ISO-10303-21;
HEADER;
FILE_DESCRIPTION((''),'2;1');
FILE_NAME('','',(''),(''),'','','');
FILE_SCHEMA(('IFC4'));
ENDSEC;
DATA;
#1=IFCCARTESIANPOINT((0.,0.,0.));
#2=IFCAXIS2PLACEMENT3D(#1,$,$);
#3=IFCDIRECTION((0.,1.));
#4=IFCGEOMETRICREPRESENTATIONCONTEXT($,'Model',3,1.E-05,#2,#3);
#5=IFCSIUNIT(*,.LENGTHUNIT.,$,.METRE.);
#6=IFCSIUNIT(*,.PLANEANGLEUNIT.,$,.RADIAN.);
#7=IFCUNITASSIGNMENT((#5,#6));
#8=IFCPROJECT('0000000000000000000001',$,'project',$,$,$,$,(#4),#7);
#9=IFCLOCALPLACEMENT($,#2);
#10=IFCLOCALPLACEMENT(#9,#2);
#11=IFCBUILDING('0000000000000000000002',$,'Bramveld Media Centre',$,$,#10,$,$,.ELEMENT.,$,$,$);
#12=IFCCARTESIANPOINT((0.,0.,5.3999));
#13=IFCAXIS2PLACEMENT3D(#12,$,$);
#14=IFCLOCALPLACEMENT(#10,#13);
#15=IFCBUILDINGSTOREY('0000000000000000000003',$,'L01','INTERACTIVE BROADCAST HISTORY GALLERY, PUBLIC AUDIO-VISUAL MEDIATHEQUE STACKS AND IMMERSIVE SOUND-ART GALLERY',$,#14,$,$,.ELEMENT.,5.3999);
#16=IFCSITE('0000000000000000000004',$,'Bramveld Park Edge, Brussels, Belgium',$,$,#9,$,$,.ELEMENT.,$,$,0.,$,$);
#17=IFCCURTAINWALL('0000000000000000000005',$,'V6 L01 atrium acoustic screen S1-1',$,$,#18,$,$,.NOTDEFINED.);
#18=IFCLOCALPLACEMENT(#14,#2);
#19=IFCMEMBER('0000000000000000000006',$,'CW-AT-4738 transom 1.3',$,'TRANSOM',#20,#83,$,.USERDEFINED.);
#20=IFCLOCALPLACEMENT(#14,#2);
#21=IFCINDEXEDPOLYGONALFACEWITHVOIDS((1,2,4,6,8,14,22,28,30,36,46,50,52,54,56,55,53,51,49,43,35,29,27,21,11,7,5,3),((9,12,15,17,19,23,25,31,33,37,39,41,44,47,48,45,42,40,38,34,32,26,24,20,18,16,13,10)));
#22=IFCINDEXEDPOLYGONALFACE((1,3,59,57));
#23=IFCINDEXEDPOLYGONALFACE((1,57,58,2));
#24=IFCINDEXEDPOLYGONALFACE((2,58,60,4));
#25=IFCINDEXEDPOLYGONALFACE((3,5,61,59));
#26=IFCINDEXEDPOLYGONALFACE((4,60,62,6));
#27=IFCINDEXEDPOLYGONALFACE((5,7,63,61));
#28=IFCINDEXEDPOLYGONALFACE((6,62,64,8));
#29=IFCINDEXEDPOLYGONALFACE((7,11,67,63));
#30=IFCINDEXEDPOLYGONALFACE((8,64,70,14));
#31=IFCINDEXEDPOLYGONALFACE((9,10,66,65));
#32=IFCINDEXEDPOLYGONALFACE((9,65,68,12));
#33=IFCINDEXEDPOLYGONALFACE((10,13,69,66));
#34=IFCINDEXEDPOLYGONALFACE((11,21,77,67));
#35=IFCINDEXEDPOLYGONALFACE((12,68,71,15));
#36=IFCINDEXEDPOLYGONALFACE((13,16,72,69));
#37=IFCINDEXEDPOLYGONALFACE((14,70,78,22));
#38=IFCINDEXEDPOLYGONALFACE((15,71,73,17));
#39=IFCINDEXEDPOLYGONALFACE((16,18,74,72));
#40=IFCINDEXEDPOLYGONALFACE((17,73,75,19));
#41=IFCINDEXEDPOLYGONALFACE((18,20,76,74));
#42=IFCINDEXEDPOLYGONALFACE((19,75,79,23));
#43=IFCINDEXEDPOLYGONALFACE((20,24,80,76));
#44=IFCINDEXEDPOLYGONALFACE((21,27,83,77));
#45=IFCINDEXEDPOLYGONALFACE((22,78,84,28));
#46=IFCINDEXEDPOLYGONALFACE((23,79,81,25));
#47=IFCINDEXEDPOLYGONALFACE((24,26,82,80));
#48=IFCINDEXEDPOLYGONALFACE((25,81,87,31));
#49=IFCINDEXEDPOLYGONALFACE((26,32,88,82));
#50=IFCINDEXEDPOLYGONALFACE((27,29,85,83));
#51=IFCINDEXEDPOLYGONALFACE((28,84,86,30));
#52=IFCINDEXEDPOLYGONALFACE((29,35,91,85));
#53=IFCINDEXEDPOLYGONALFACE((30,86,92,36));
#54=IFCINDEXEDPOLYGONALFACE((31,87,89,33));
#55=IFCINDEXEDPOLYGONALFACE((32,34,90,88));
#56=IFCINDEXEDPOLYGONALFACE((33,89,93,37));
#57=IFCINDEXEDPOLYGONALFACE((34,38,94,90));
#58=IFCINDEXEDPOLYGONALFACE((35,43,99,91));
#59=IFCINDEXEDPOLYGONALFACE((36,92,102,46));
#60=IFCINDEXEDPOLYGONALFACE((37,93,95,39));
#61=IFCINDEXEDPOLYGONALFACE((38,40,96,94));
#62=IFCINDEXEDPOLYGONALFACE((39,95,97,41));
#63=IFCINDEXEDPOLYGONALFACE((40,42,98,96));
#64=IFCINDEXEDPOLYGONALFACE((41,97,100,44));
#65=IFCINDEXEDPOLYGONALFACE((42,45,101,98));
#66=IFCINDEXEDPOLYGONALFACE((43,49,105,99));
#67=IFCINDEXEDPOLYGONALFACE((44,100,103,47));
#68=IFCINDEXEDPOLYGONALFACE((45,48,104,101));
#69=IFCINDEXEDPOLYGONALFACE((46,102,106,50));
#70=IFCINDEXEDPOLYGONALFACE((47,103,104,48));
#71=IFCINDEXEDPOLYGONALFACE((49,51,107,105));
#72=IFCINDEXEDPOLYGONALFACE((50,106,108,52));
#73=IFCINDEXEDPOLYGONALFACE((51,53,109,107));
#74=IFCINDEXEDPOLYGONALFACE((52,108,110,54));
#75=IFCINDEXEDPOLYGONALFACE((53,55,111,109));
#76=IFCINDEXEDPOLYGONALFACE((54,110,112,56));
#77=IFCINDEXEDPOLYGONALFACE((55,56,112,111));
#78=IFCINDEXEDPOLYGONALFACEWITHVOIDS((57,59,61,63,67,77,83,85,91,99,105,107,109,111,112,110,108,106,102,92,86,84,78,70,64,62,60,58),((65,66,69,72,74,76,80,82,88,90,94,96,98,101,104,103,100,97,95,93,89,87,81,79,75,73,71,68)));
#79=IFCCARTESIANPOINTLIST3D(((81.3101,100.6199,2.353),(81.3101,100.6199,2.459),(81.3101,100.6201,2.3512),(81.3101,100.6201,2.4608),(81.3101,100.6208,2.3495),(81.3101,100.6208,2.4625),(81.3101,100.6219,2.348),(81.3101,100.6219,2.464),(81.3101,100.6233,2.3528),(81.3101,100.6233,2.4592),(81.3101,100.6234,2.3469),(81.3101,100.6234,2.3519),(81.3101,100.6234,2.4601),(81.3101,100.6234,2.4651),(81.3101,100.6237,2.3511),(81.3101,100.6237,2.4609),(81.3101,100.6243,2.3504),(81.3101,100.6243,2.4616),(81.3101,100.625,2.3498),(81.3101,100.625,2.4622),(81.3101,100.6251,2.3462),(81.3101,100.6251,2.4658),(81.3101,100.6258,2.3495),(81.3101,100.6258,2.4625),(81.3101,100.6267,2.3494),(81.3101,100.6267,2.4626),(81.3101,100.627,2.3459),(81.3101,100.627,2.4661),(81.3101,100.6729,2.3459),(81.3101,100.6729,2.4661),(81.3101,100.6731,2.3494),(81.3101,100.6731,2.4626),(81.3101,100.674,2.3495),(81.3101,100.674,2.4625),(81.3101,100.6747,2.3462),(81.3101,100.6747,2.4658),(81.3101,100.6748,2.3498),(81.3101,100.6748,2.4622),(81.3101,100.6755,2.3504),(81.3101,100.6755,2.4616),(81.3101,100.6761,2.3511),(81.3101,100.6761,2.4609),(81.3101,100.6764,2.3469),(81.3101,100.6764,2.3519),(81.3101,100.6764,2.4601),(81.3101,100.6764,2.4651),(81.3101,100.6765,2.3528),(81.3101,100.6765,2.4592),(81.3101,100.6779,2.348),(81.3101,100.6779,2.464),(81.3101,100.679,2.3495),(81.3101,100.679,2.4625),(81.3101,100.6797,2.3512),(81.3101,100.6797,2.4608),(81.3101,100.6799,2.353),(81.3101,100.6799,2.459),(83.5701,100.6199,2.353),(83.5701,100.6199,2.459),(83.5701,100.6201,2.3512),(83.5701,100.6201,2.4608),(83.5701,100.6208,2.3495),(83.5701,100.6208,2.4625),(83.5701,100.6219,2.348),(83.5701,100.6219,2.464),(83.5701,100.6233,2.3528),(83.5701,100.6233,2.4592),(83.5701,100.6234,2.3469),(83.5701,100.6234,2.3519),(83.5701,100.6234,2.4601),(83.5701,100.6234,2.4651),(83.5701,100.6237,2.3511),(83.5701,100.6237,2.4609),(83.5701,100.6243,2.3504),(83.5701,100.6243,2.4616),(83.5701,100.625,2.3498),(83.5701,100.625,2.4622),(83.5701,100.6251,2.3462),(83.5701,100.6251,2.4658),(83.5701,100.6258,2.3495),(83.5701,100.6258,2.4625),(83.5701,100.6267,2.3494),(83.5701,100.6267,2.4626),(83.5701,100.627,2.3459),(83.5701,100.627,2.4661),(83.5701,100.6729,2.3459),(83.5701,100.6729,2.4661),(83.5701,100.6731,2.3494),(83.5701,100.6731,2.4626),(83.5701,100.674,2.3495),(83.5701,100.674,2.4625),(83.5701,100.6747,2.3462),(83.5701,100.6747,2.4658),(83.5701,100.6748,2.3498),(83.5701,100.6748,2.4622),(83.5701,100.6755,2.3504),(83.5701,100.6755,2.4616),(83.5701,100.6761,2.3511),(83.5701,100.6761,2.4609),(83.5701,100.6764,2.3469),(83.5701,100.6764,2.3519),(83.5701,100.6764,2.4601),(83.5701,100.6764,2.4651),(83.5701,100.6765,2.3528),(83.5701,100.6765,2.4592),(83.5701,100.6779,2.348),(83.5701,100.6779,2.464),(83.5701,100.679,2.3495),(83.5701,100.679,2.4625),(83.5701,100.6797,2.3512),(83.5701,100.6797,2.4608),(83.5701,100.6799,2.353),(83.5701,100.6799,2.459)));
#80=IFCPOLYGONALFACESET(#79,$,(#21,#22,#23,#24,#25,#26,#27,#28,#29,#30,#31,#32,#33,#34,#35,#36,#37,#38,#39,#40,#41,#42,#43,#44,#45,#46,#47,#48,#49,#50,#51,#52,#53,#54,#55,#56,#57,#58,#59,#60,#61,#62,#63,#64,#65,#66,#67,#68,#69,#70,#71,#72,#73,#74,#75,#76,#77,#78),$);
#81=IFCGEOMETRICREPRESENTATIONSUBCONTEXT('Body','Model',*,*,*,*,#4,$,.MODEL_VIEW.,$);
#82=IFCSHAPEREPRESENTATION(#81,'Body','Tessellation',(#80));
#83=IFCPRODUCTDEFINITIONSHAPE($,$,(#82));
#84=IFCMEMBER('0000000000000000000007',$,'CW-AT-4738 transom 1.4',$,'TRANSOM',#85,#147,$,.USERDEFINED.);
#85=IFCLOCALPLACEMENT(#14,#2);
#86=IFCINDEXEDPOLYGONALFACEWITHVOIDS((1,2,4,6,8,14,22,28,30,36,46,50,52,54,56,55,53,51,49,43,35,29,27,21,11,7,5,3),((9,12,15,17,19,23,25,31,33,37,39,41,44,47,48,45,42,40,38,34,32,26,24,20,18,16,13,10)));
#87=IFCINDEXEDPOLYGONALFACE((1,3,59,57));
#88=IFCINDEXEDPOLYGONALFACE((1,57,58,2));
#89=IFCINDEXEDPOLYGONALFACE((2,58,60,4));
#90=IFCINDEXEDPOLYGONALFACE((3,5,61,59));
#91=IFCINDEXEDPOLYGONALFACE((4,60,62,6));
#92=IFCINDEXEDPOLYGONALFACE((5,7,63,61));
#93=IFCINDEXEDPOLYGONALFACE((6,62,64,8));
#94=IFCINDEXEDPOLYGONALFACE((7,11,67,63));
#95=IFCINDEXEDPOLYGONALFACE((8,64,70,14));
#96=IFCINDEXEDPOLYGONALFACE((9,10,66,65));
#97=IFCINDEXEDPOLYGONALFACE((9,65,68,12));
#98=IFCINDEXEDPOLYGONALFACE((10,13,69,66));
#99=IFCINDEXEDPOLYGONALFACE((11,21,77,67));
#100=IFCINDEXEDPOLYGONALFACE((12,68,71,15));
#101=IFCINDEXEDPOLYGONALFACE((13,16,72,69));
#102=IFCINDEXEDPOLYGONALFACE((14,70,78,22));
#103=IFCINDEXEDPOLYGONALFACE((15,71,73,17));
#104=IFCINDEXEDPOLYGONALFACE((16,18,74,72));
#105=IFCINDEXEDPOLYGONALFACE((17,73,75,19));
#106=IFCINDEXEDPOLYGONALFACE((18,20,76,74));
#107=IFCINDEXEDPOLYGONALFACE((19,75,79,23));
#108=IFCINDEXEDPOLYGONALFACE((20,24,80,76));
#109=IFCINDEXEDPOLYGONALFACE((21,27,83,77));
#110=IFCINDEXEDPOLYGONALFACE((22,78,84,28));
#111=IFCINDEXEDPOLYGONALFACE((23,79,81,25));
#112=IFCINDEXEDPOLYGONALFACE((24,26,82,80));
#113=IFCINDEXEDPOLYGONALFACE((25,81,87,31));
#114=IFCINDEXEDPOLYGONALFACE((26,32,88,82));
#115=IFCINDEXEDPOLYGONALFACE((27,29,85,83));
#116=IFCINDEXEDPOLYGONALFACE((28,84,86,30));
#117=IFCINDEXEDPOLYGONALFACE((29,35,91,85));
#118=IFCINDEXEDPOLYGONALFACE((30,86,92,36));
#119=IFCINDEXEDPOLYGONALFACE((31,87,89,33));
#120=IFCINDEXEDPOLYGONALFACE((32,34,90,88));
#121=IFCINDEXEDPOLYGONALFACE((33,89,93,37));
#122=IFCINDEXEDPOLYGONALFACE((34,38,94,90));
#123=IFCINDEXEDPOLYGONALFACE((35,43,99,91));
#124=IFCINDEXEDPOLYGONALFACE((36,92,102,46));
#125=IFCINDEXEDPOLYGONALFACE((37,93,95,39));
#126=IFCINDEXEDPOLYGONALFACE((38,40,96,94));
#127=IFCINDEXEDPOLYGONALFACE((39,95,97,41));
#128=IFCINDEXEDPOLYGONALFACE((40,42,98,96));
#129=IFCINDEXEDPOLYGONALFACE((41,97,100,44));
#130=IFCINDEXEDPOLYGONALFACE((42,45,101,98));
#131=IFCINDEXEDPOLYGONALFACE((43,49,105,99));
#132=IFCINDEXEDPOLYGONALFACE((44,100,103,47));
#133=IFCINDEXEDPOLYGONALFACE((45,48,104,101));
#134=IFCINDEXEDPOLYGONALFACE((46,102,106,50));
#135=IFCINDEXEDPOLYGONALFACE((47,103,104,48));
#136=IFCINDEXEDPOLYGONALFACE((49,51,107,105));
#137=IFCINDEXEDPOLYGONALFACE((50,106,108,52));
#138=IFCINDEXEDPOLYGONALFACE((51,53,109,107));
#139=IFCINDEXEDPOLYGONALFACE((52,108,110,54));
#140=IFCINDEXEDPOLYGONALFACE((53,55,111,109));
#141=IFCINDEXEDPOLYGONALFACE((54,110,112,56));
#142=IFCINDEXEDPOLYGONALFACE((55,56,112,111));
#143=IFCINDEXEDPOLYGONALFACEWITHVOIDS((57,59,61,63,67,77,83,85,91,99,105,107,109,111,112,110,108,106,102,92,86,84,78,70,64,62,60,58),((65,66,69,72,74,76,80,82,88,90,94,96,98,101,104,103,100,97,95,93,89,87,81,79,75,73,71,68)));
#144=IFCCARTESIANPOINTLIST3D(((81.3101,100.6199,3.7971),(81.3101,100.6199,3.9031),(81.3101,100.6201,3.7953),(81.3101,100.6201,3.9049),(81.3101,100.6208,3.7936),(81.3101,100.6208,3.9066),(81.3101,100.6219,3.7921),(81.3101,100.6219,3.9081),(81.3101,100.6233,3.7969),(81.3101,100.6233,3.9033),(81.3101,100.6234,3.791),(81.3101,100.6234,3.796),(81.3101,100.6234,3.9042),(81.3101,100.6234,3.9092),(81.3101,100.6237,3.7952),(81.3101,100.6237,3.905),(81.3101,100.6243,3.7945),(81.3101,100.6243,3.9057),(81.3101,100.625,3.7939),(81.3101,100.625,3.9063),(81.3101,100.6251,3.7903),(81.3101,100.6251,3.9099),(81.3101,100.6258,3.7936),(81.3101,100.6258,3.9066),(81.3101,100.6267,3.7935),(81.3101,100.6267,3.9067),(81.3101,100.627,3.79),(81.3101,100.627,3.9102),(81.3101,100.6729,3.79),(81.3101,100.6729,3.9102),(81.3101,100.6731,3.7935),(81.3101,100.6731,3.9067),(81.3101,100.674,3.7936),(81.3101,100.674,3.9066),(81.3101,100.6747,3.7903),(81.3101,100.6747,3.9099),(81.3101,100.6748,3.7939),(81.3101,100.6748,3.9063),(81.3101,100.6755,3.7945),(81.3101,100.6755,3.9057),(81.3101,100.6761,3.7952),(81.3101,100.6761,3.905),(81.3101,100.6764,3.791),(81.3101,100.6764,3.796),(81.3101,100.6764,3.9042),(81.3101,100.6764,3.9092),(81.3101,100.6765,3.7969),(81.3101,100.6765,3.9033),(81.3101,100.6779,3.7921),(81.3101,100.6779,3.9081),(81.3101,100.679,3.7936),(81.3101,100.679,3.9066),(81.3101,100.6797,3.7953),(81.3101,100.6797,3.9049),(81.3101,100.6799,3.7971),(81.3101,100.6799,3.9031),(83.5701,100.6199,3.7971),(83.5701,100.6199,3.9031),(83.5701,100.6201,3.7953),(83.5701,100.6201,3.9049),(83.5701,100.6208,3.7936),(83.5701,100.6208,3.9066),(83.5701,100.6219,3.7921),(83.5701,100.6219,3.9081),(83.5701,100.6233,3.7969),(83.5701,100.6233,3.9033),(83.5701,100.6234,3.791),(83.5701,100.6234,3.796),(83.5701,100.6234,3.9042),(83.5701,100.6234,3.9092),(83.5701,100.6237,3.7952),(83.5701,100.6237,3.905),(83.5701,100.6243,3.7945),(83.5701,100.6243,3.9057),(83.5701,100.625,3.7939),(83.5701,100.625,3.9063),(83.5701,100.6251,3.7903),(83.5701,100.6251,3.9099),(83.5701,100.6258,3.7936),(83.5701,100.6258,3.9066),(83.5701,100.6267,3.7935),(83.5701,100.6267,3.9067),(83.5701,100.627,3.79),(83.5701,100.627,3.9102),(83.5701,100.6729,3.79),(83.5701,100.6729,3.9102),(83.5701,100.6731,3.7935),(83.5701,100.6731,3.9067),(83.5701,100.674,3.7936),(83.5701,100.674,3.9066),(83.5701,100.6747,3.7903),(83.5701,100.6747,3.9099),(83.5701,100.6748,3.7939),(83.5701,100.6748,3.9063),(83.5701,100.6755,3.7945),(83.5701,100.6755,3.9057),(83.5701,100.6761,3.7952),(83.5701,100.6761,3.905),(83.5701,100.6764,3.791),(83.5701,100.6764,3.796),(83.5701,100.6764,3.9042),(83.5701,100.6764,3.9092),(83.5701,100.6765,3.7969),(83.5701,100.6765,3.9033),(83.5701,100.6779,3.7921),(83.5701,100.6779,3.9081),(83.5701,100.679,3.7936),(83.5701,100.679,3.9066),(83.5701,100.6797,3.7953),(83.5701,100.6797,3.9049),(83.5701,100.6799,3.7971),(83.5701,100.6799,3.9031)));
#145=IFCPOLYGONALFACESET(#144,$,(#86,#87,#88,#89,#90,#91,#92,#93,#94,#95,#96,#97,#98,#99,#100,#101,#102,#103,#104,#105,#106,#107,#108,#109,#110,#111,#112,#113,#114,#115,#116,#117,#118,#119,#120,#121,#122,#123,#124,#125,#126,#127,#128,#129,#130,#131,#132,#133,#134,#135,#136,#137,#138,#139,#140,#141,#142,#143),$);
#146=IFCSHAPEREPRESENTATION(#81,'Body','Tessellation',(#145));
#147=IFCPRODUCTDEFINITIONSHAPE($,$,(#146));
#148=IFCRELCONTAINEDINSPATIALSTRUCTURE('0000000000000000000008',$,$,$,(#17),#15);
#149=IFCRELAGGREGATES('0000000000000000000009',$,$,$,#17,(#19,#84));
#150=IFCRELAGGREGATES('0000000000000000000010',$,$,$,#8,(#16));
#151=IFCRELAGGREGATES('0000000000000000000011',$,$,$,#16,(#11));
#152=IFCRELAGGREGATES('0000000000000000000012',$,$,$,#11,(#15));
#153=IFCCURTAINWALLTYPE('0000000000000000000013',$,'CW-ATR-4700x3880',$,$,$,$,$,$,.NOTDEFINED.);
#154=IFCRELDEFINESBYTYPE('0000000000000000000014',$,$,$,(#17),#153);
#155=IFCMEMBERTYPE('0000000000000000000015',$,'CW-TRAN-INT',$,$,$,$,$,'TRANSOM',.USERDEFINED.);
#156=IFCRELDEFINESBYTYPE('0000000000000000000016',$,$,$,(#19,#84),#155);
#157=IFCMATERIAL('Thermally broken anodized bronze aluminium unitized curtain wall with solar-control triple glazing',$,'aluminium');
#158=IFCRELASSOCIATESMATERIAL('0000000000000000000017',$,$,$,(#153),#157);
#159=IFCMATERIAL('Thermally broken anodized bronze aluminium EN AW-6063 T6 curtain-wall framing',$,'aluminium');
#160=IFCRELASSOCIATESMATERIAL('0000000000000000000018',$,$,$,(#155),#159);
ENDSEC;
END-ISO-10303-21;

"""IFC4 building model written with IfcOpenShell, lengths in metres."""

from ifc_helpers import new_model, si_unit, direction, frame, origin, origin_2d, place, context, subcontext, project, spatial, hollow_rectangle, extrude, material, material_profile, profile_set, type_object, element, aggregate, save


model = new_model("IFC4")

# Units and contexts
model_context = context("Model", 3, precision=1e-05, world=origin(), true_north=direction((0.0, 1.0)))
body_context = subcontext(model_context, "Body", "Model", "MODEL_VIEW")
ifc_project = project(units=[si_unit("LENGTHUNIT", "METRE"), si_unit("PLANEANGLEUNIT", "RADIAN")], contexts=[model_context])

# Site, building, storey
site_placement = place(None, origin())
site = spatial("IfcSite", under=ifc_project, at=site_placement, Name="Bramveld Park Edge, Brussels, Belgium", CompositionType="ELEMENT", RefElevation=0.0)
building_placement = place(site_placement, origin())
building = spatial("IfcBuilding", under=site, at=building_placement, Name="Bramveld Media Centre", CompositionType="ELEMENT")
storey_placement = place(building_placement, frame((0.0, 0.0, 5.3999)))
storey = spatial("IfcBuildingStorey", under=building, at=storey_placement, Name="L01", Description="INTERACTIVE BROADCAST HISTORY GALLERY, PUBLIC AUDIO-VISUAL MEDIATHEQUE STACKS AND IMMERSIVE SOUND-ART GALLERY", CompositionType="ELEMENT", Elevation=5.3999)

# Curtain wall, members
ifc_material_1 = material(Name="Thermally broken anodized bronze aluminium unitized curtain wall with solar-control triple glazing", Category="aluminium")
curtain_wall_type_1 = type_object("IfcCurtainWallType", Name="CW-ATR-4700x3880", PredefinedType="NOTDEFINED", material=ifc_material_1)
curtain_wall_1_placement = place(storey_placement, origin())
curtain_wall_1 = element("IfcCurtainWall", 1, at=curtain_wall_1_placement, inside=storey, type_object=curtain_wall_type_1, Name="V6 L01 atrium acoustic screen S1-1", PredefinedType="NOTDEFINED")
ifc_material_2 = material(Name="Thermally broken anodized bronze aluminium EN AW-6063 T6 curtain-wall framing", Category="aluminium")
ifc_material_profile_1 = material_profile(ifc_material_2, hollow_rectangle(XDim=0.0601, YDim=0.1201, WallThickness=0.0034, InnerFilletRadius=0.0034, OuterFilletRadius=0.0071, at=origin_2d()), Name="AL-TRAN 60x120")
ifc_profile_set_1 = profile_set([ifc_material_profile_1], Name="Thermally broken anodized bronze aluminium EN AW-6063 T6 curtain-wall framing")
member_type_1 = type_object("IfcMemberType", Name="CW-TRAN-INT", ElementType="TRANSOM", PredefinedType="USERDEFINED", material=ifc_profile_set_1)
member_1_placement = place(storey_placement, frame((81.3101, 100.6499, 2.406), z_axis=(1.0, 0.0, 0.0), x_axis=(0.0, 1.0, 0.0)))
member_1 = element("IfcMember", 2, at=member_1_placement, type_object=member_type_1, Name="CW-AT-4738 transom 1.3", ObjectType="TRANSOM", PredefinedType="USERDEFINED", context=body_context, shape_type="SweptSolid", body=[
    extrude(hollow_rectangle(XDim=0.0601, YDim=0.1201, WallThickness=0.0034, InnerFilletRadius=0.0034, OuterFilletRadius=0.0071, at=origin_2d()), origin(), (0.0, 0.0, 1.0), 2.26),
])
member_2_placement = place(storey_placement, frame((81.3101, 100.6499, 3.8501), z_axis=(1.0, 0.0, 0.0), x_axis=(0.0, 1.0, 0.0)))
member_2 = element("IfcMember", 3, at=member_2_placement, type_object=member_type_1, Name="CW-AT-4738 transom 1.4", ObjectType="TRANSOM", PredefinedType="USERDEFINED", context=body_context, shape_type="SweptSolid", body=[
    extrude(hollow_rectangle(XDim=0.0601, YDim=0.1201, WallThickness=0.0034, InnerFilletRadius=0.0034, OuterFilletRadius=0.0071, at=origin_2d()), origin(), (0.0, 0.0, 1.0), 2.26),
])

aggregate(curtain_wall_1, [member_1, member_2])

save(model, "model.ifc")
